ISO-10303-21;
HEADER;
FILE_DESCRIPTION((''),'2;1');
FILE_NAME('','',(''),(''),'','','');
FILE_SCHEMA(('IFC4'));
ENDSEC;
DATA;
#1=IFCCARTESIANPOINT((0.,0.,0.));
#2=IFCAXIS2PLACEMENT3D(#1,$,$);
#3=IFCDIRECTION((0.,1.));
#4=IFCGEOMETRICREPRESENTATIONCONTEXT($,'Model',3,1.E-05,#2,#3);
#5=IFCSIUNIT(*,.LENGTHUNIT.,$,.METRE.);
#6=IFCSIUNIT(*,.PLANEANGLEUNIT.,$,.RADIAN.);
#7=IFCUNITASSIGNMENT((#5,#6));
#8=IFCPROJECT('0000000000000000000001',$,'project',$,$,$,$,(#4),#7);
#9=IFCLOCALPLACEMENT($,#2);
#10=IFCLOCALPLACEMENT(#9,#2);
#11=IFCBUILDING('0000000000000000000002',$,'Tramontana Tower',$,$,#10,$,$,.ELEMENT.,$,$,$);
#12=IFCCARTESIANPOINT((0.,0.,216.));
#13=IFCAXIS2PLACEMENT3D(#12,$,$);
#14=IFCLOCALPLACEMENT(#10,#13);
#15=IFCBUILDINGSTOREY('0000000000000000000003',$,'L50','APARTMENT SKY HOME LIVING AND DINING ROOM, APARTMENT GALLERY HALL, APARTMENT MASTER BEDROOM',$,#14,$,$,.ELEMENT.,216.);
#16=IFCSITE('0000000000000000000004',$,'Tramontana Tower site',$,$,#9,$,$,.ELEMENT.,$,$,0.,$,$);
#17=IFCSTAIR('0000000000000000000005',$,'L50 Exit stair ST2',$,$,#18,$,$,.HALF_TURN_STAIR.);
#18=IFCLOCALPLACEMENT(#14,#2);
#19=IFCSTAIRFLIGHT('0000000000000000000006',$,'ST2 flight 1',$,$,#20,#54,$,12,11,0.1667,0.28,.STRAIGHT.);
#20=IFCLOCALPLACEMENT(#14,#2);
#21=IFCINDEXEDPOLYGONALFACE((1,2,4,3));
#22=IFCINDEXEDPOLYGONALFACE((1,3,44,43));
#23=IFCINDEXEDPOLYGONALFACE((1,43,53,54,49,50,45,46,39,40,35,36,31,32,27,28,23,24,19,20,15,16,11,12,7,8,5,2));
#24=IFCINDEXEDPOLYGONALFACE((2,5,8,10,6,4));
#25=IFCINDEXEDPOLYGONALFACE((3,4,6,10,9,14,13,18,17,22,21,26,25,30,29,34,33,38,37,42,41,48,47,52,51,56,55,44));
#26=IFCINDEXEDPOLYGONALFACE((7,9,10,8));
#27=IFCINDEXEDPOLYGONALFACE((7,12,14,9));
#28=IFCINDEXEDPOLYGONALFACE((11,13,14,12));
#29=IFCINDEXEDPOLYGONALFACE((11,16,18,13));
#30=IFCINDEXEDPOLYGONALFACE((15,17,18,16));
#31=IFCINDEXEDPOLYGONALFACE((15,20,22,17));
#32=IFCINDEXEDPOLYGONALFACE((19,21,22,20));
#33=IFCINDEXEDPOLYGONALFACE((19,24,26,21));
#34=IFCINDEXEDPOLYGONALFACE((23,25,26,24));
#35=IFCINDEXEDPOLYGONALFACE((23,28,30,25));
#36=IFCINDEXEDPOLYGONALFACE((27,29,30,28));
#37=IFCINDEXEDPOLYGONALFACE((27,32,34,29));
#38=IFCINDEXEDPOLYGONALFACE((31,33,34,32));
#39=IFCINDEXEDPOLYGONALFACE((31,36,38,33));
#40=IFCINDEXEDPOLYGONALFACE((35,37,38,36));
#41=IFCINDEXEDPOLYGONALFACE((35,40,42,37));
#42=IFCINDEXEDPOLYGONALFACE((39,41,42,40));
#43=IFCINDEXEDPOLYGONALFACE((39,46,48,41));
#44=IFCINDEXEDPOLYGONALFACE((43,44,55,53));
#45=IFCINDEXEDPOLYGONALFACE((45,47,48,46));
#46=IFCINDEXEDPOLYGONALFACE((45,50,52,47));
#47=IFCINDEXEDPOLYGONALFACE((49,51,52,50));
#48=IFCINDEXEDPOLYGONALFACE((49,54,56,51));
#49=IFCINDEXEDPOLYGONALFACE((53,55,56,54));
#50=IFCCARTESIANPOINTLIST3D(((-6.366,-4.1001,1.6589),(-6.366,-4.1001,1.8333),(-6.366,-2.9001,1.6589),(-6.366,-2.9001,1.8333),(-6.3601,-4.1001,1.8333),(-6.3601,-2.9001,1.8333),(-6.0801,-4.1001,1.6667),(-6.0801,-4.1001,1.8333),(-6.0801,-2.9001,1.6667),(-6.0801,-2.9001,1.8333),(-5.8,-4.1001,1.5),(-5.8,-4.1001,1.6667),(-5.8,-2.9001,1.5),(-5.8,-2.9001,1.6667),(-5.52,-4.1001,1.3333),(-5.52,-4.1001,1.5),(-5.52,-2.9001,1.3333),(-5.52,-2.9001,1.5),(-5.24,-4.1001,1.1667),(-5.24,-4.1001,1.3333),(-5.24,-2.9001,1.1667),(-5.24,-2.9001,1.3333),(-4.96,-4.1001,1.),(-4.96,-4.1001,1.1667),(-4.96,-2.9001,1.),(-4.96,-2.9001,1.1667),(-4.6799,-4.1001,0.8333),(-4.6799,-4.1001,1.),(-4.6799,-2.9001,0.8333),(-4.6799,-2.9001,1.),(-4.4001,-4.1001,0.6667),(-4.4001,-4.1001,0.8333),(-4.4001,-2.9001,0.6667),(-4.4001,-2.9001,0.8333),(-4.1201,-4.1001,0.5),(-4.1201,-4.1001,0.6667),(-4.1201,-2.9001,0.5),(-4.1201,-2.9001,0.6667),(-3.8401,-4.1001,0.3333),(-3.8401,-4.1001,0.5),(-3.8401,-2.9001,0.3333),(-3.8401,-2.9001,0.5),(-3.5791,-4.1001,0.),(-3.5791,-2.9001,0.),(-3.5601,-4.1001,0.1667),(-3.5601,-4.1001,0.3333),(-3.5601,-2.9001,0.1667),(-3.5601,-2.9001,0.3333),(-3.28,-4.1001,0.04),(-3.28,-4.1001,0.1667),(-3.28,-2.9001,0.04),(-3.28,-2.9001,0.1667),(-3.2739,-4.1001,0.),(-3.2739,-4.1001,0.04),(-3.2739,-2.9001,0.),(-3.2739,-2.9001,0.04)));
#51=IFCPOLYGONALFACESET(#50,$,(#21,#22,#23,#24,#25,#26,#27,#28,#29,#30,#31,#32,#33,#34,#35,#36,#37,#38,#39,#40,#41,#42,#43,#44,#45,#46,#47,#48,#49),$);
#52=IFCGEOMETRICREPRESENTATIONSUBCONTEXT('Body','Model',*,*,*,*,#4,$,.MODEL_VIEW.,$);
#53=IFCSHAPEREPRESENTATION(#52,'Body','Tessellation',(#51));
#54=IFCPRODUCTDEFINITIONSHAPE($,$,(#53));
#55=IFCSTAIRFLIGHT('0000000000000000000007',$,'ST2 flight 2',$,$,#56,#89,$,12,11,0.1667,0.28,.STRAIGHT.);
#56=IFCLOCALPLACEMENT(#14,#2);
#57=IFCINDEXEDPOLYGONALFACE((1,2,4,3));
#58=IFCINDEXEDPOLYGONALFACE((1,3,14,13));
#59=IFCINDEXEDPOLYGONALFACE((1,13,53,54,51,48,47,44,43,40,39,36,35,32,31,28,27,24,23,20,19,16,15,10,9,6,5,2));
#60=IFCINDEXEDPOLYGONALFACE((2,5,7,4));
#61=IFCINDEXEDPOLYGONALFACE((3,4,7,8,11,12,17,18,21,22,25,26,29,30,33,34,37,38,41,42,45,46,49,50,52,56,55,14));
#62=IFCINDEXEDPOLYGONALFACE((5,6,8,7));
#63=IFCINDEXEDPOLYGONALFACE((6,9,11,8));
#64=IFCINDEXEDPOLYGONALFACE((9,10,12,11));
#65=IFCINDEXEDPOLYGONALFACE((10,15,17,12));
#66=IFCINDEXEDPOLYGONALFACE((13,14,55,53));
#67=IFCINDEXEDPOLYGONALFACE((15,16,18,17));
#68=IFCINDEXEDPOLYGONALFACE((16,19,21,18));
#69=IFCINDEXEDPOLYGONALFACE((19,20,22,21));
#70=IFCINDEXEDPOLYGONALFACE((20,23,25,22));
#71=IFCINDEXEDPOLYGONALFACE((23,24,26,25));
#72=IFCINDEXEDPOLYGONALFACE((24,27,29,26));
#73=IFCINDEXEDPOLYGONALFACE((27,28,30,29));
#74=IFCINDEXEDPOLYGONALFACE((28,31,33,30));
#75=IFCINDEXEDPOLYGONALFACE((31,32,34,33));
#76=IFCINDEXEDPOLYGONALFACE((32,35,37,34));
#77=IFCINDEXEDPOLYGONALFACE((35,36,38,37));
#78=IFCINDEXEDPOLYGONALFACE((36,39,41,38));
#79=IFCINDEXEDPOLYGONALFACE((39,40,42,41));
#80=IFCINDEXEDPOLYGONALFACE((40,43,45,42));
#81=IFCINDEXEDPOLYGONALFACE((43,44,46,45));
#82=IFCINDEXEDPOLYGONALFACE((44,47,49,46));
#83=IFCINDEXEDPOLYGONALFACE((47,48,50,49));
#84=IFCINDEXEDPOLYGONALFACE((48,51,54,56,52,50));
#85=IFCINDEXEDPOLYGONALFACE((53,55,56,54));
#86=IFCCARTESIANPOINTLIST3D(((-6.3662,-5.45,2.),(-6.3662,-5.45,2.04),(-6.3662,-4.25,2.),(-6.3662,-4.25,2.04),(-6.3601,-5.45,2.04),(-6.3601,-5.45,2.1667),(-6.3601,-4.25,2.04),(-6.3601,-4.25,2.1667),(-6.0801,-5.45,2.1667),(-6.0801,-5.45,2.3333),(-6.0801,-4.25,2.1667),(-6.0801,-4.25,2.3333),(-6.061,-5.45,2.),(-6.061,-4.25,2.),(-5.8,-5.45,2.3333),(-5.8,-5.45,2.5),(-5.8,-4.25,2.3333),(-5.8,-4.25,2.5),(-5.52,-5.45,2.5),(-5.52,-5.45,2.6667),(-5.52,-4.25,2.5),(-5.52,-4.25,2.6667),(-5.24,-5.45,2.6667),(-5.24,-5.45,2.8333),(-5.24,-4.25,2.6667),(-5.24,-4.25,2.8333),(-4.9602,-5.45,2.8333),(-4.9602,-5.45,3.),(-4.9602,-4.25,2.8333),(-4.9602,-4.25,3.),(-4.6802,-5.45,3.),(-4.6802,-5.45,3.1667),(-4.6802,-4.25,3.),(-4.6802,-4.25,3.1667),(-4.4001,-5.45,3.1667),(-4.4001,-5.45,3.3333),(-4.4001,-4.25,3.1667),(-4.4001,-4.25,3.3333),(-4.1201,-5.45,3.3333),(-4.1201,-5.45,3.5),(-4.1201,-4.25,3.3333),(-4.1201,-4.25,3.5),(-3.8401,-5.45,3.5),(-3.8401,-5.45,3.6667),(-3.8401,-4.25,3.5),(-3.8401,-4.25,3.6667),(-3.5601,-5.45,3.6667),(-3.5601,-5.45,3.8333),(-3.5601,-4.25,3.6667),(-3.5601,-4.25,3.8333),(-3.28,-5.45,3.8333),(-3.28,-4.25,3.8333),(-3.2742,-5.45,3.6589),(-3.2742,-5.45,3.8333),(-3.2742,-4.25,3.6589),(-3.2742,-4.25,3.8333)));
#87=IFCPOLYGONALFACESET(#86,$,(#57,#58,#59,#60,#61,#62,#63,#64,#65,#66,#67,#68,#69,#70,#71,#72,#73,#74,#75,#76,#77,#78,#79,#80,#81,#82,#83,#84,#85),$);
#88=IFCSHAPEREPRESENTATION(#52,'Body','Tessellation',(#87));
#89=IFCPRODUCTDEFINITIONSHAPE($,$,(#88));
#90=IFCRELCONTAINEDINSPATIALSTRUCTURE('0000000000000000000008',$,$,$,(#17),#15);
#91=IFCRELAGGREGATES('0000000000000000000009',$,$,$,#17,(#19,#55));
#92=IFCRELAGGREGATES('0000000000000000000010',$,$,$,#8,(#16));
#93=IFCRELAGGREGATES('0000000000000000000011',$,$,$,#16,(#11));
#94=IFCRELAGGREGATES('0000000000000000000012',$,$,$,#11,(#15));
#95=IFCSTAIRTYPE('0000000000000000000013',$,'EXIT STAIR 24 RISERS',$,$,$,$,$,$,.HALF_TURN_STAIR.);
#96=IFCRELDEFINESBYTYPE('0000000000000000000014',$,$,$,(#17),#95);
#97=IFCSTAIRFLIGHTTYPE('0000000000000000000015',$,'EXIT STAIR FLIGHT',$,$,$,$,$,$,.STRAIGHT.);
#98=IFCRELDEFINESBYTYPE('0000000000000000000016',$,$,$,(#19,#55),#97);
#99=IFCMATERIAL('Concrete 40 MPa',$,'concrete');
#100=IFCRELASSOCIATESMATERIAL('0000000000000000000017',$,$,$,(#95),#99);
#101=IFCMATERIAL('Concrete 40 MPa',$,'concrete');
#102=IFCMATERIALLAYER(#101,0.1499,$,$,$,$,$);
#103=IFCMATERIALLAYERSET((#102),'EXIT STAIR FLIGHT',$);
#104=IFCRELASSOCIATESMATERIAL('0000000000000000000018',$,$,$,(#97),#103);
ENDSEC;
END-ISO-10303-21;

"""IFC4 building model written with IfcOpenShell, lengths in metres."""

from ifc_helpers import new_model, si_unit, direction, frame, origin, place, context, subcontext, project, spatial, polyline, outline, extrude, material, layer, layer_set, type_object, element, aggregate, save


model = new_model("IFC4")

# Units and contexts
model_context = context("Model", 3, precision=1e-05, world=origin(), true_north=direction((0.0, 1.0)))
body_context = subcontext(model_context, "Body", "Model", "MODEL_VIEW")
ifc_project = project(units=[si_unit("LENGTHUNIT", "METRE"), si_unit("PLANEANGLEUNIT", "RADIAN")], contexts=[model_context])

# Site, building, storey
site_placement = place(None, origin())
site = spatial("IfcSite", under=ifc_project, at=site_placement, Name="Tramontana Tower site", CompositionType="ELEMENT", RefElevation=0.0)
building_placement = place(site_placement, origin())
building = spatial("IfcBuilding", under=site, at=building_placement, Name="Tramontana Tower", CompositionType="ELEMENT")
storey_placement = place(building_placement, frame((0.0, 0.0, 216.0)))
storey = spatial("IfcBuildingStorey", under=building, at=storey_placement, Name="L50", Description="APARTMENT SKY HOME LIVING AND DINING ROOM, APARTMENT GALLERY HALL, APARTMENT MASTER BEDROOM", CompositionType="ELEMENT", Elevation=216.0)

# Stair, stair flights
ifc_material_1 = material(Name="Concrete 40 MPa", Category="concrete")
stair_type = type_object("IfcStairType", Name="EXIT STAIR 24 RISERS", PredefinedType="HALF_TURN_STAIR", material=ifc_material_1)
stair_placement = place(storey_placement, origin())
stair = element("IfcStair", 1, at=stair_placement, inside=storey, type_object=stair_type, Name="L50 Exit stair ST2", PredefinedType="HALF_TURN_STAIR")
ifc_material_2 = material(Name="Concrete 40 MPa", Category="concrete")
ifc_layer_1 = layer(ifc_material_2, 0.1499)
ifc_layer_set_1 = layer_set([ifc_layer_1], Name="EXIT STAIR FLIGHT")
stair_flight_type = type_object("IfcStairFlightType", Name="EXIT STAIR FLIGHT", PredefinedType="STRAIGHT", material=ifc_layer_set_1)
stair_flight_1_placement = place(storey_placement, frame((-3.28, -3.5, 0.0), z_axis=(0.0, 0.0, 1.0), x_axis=(-1.0, 0.0, 0.0)))
stair_flight_1 = element("IfcStairFlight", 2, at=stair_flight_1_placement, type_object=stair_flight_type, Name="ST2 flight 1", NumberOfRisers=12, NumberOfTreads=11, PredefinedType="STRAIGHT", RiserHeight=0.1667, TreadLength=0.28, context=body_context, shape_type="SweptSolid", body=[
    extrude(outline(polyline([(-0.0061, 0.0), (-0.0061, 0.04), (0.0, 0.04), (0.0, 0.1667), (0.28, 0.1667), (0.28, 0.3333), (0.5601, 0.3333), (0.5601, 0.5), (0.8401, 0.5), (0.8401, 0.6667), (1.1201, 0.6667), (1.1201, 0.8333), (1.3999, 0.8333), (1.3999, 1.0), (1.6799, 1.0), (1.6799, 1.1667), (1.96, 1.1667), (1.96, 1.3333), (2.24, 1.3333), (2.24, 1.5), (2.52, 1.5), (2.52, 1.6667), (2.8, 1.6667), (2.8, 1.8333), (3.0801, 1.8333), (3.0859, 1.8333), (3.0859, 1.6589), (0.2991, 0.0), (-0.0061, 0.0)])), frame((0.0, 0.6001, 0.0), z_axis=(0.0, -1.0, 0.0), x_axis=(1.0, 0.0, 0.0)), (0.0, 0.0, 1.0), 1.2),
])
stair_flight_2_placement = place(storey_placement, frame((-6.3601, -4.8501, 2.0), z_axis=(0.0, 0.0, 1.0), x_axis=(1.0, 0.0, 0.0)))
stair_flight_2 = element("IfcStairFlight", 3, at=stair_flight_2_placement, type_object=stair_flight_type, Name="ST2 flight 2", NumberOfRisers=12, NumberOfTreads=11, PredefinedType="STRAIGHT", RiserHeight=0.1667, TreadLength=0.28, context=body_context, shape_type="SweptSolid", body=[
    extrude(outline(polyline([(-0.0061, 0.0), (-0.0061, 0.04), (0.0, 0.04), (0.0, 0.1667), (0.28, 0.1667), (0.28, 0.3333), (0.5601, 0.3333), (0.5601, 0.5), (0.8401, 0.5), (0.8401, 0.6667), (1.1201, 0.6667), (1.1201, 0.8333), (1.3999, 0.8333), (1.3999, 1.0), (1.6799, 1.0), (1.6799, 1.1667), (1.96, 1.1667), (1.96, 1.3333), (2.24, 1.3333), (2.24, 1.5), (2.52, 1.5), (2.52, 1.6667), (2.8, 1.6667), (2.8, 1.8333), (3.0801, 1.8333), (3.0859, 1.8333), (3.0859, 1.6589), (0.2991, 0.0), (-0.0061, 0.0)])), frame((0.0, 0.6001, 0.0), z_axis=(0.0, -1.0, 0.0), x_axis=(1.0, 0.0, 0.0)), (0.0, 0.0, 1.0), 1.2),
])
aggregate(stair, [stair_flight_1, stair_flight_2])

save(model, "model.ifc")
